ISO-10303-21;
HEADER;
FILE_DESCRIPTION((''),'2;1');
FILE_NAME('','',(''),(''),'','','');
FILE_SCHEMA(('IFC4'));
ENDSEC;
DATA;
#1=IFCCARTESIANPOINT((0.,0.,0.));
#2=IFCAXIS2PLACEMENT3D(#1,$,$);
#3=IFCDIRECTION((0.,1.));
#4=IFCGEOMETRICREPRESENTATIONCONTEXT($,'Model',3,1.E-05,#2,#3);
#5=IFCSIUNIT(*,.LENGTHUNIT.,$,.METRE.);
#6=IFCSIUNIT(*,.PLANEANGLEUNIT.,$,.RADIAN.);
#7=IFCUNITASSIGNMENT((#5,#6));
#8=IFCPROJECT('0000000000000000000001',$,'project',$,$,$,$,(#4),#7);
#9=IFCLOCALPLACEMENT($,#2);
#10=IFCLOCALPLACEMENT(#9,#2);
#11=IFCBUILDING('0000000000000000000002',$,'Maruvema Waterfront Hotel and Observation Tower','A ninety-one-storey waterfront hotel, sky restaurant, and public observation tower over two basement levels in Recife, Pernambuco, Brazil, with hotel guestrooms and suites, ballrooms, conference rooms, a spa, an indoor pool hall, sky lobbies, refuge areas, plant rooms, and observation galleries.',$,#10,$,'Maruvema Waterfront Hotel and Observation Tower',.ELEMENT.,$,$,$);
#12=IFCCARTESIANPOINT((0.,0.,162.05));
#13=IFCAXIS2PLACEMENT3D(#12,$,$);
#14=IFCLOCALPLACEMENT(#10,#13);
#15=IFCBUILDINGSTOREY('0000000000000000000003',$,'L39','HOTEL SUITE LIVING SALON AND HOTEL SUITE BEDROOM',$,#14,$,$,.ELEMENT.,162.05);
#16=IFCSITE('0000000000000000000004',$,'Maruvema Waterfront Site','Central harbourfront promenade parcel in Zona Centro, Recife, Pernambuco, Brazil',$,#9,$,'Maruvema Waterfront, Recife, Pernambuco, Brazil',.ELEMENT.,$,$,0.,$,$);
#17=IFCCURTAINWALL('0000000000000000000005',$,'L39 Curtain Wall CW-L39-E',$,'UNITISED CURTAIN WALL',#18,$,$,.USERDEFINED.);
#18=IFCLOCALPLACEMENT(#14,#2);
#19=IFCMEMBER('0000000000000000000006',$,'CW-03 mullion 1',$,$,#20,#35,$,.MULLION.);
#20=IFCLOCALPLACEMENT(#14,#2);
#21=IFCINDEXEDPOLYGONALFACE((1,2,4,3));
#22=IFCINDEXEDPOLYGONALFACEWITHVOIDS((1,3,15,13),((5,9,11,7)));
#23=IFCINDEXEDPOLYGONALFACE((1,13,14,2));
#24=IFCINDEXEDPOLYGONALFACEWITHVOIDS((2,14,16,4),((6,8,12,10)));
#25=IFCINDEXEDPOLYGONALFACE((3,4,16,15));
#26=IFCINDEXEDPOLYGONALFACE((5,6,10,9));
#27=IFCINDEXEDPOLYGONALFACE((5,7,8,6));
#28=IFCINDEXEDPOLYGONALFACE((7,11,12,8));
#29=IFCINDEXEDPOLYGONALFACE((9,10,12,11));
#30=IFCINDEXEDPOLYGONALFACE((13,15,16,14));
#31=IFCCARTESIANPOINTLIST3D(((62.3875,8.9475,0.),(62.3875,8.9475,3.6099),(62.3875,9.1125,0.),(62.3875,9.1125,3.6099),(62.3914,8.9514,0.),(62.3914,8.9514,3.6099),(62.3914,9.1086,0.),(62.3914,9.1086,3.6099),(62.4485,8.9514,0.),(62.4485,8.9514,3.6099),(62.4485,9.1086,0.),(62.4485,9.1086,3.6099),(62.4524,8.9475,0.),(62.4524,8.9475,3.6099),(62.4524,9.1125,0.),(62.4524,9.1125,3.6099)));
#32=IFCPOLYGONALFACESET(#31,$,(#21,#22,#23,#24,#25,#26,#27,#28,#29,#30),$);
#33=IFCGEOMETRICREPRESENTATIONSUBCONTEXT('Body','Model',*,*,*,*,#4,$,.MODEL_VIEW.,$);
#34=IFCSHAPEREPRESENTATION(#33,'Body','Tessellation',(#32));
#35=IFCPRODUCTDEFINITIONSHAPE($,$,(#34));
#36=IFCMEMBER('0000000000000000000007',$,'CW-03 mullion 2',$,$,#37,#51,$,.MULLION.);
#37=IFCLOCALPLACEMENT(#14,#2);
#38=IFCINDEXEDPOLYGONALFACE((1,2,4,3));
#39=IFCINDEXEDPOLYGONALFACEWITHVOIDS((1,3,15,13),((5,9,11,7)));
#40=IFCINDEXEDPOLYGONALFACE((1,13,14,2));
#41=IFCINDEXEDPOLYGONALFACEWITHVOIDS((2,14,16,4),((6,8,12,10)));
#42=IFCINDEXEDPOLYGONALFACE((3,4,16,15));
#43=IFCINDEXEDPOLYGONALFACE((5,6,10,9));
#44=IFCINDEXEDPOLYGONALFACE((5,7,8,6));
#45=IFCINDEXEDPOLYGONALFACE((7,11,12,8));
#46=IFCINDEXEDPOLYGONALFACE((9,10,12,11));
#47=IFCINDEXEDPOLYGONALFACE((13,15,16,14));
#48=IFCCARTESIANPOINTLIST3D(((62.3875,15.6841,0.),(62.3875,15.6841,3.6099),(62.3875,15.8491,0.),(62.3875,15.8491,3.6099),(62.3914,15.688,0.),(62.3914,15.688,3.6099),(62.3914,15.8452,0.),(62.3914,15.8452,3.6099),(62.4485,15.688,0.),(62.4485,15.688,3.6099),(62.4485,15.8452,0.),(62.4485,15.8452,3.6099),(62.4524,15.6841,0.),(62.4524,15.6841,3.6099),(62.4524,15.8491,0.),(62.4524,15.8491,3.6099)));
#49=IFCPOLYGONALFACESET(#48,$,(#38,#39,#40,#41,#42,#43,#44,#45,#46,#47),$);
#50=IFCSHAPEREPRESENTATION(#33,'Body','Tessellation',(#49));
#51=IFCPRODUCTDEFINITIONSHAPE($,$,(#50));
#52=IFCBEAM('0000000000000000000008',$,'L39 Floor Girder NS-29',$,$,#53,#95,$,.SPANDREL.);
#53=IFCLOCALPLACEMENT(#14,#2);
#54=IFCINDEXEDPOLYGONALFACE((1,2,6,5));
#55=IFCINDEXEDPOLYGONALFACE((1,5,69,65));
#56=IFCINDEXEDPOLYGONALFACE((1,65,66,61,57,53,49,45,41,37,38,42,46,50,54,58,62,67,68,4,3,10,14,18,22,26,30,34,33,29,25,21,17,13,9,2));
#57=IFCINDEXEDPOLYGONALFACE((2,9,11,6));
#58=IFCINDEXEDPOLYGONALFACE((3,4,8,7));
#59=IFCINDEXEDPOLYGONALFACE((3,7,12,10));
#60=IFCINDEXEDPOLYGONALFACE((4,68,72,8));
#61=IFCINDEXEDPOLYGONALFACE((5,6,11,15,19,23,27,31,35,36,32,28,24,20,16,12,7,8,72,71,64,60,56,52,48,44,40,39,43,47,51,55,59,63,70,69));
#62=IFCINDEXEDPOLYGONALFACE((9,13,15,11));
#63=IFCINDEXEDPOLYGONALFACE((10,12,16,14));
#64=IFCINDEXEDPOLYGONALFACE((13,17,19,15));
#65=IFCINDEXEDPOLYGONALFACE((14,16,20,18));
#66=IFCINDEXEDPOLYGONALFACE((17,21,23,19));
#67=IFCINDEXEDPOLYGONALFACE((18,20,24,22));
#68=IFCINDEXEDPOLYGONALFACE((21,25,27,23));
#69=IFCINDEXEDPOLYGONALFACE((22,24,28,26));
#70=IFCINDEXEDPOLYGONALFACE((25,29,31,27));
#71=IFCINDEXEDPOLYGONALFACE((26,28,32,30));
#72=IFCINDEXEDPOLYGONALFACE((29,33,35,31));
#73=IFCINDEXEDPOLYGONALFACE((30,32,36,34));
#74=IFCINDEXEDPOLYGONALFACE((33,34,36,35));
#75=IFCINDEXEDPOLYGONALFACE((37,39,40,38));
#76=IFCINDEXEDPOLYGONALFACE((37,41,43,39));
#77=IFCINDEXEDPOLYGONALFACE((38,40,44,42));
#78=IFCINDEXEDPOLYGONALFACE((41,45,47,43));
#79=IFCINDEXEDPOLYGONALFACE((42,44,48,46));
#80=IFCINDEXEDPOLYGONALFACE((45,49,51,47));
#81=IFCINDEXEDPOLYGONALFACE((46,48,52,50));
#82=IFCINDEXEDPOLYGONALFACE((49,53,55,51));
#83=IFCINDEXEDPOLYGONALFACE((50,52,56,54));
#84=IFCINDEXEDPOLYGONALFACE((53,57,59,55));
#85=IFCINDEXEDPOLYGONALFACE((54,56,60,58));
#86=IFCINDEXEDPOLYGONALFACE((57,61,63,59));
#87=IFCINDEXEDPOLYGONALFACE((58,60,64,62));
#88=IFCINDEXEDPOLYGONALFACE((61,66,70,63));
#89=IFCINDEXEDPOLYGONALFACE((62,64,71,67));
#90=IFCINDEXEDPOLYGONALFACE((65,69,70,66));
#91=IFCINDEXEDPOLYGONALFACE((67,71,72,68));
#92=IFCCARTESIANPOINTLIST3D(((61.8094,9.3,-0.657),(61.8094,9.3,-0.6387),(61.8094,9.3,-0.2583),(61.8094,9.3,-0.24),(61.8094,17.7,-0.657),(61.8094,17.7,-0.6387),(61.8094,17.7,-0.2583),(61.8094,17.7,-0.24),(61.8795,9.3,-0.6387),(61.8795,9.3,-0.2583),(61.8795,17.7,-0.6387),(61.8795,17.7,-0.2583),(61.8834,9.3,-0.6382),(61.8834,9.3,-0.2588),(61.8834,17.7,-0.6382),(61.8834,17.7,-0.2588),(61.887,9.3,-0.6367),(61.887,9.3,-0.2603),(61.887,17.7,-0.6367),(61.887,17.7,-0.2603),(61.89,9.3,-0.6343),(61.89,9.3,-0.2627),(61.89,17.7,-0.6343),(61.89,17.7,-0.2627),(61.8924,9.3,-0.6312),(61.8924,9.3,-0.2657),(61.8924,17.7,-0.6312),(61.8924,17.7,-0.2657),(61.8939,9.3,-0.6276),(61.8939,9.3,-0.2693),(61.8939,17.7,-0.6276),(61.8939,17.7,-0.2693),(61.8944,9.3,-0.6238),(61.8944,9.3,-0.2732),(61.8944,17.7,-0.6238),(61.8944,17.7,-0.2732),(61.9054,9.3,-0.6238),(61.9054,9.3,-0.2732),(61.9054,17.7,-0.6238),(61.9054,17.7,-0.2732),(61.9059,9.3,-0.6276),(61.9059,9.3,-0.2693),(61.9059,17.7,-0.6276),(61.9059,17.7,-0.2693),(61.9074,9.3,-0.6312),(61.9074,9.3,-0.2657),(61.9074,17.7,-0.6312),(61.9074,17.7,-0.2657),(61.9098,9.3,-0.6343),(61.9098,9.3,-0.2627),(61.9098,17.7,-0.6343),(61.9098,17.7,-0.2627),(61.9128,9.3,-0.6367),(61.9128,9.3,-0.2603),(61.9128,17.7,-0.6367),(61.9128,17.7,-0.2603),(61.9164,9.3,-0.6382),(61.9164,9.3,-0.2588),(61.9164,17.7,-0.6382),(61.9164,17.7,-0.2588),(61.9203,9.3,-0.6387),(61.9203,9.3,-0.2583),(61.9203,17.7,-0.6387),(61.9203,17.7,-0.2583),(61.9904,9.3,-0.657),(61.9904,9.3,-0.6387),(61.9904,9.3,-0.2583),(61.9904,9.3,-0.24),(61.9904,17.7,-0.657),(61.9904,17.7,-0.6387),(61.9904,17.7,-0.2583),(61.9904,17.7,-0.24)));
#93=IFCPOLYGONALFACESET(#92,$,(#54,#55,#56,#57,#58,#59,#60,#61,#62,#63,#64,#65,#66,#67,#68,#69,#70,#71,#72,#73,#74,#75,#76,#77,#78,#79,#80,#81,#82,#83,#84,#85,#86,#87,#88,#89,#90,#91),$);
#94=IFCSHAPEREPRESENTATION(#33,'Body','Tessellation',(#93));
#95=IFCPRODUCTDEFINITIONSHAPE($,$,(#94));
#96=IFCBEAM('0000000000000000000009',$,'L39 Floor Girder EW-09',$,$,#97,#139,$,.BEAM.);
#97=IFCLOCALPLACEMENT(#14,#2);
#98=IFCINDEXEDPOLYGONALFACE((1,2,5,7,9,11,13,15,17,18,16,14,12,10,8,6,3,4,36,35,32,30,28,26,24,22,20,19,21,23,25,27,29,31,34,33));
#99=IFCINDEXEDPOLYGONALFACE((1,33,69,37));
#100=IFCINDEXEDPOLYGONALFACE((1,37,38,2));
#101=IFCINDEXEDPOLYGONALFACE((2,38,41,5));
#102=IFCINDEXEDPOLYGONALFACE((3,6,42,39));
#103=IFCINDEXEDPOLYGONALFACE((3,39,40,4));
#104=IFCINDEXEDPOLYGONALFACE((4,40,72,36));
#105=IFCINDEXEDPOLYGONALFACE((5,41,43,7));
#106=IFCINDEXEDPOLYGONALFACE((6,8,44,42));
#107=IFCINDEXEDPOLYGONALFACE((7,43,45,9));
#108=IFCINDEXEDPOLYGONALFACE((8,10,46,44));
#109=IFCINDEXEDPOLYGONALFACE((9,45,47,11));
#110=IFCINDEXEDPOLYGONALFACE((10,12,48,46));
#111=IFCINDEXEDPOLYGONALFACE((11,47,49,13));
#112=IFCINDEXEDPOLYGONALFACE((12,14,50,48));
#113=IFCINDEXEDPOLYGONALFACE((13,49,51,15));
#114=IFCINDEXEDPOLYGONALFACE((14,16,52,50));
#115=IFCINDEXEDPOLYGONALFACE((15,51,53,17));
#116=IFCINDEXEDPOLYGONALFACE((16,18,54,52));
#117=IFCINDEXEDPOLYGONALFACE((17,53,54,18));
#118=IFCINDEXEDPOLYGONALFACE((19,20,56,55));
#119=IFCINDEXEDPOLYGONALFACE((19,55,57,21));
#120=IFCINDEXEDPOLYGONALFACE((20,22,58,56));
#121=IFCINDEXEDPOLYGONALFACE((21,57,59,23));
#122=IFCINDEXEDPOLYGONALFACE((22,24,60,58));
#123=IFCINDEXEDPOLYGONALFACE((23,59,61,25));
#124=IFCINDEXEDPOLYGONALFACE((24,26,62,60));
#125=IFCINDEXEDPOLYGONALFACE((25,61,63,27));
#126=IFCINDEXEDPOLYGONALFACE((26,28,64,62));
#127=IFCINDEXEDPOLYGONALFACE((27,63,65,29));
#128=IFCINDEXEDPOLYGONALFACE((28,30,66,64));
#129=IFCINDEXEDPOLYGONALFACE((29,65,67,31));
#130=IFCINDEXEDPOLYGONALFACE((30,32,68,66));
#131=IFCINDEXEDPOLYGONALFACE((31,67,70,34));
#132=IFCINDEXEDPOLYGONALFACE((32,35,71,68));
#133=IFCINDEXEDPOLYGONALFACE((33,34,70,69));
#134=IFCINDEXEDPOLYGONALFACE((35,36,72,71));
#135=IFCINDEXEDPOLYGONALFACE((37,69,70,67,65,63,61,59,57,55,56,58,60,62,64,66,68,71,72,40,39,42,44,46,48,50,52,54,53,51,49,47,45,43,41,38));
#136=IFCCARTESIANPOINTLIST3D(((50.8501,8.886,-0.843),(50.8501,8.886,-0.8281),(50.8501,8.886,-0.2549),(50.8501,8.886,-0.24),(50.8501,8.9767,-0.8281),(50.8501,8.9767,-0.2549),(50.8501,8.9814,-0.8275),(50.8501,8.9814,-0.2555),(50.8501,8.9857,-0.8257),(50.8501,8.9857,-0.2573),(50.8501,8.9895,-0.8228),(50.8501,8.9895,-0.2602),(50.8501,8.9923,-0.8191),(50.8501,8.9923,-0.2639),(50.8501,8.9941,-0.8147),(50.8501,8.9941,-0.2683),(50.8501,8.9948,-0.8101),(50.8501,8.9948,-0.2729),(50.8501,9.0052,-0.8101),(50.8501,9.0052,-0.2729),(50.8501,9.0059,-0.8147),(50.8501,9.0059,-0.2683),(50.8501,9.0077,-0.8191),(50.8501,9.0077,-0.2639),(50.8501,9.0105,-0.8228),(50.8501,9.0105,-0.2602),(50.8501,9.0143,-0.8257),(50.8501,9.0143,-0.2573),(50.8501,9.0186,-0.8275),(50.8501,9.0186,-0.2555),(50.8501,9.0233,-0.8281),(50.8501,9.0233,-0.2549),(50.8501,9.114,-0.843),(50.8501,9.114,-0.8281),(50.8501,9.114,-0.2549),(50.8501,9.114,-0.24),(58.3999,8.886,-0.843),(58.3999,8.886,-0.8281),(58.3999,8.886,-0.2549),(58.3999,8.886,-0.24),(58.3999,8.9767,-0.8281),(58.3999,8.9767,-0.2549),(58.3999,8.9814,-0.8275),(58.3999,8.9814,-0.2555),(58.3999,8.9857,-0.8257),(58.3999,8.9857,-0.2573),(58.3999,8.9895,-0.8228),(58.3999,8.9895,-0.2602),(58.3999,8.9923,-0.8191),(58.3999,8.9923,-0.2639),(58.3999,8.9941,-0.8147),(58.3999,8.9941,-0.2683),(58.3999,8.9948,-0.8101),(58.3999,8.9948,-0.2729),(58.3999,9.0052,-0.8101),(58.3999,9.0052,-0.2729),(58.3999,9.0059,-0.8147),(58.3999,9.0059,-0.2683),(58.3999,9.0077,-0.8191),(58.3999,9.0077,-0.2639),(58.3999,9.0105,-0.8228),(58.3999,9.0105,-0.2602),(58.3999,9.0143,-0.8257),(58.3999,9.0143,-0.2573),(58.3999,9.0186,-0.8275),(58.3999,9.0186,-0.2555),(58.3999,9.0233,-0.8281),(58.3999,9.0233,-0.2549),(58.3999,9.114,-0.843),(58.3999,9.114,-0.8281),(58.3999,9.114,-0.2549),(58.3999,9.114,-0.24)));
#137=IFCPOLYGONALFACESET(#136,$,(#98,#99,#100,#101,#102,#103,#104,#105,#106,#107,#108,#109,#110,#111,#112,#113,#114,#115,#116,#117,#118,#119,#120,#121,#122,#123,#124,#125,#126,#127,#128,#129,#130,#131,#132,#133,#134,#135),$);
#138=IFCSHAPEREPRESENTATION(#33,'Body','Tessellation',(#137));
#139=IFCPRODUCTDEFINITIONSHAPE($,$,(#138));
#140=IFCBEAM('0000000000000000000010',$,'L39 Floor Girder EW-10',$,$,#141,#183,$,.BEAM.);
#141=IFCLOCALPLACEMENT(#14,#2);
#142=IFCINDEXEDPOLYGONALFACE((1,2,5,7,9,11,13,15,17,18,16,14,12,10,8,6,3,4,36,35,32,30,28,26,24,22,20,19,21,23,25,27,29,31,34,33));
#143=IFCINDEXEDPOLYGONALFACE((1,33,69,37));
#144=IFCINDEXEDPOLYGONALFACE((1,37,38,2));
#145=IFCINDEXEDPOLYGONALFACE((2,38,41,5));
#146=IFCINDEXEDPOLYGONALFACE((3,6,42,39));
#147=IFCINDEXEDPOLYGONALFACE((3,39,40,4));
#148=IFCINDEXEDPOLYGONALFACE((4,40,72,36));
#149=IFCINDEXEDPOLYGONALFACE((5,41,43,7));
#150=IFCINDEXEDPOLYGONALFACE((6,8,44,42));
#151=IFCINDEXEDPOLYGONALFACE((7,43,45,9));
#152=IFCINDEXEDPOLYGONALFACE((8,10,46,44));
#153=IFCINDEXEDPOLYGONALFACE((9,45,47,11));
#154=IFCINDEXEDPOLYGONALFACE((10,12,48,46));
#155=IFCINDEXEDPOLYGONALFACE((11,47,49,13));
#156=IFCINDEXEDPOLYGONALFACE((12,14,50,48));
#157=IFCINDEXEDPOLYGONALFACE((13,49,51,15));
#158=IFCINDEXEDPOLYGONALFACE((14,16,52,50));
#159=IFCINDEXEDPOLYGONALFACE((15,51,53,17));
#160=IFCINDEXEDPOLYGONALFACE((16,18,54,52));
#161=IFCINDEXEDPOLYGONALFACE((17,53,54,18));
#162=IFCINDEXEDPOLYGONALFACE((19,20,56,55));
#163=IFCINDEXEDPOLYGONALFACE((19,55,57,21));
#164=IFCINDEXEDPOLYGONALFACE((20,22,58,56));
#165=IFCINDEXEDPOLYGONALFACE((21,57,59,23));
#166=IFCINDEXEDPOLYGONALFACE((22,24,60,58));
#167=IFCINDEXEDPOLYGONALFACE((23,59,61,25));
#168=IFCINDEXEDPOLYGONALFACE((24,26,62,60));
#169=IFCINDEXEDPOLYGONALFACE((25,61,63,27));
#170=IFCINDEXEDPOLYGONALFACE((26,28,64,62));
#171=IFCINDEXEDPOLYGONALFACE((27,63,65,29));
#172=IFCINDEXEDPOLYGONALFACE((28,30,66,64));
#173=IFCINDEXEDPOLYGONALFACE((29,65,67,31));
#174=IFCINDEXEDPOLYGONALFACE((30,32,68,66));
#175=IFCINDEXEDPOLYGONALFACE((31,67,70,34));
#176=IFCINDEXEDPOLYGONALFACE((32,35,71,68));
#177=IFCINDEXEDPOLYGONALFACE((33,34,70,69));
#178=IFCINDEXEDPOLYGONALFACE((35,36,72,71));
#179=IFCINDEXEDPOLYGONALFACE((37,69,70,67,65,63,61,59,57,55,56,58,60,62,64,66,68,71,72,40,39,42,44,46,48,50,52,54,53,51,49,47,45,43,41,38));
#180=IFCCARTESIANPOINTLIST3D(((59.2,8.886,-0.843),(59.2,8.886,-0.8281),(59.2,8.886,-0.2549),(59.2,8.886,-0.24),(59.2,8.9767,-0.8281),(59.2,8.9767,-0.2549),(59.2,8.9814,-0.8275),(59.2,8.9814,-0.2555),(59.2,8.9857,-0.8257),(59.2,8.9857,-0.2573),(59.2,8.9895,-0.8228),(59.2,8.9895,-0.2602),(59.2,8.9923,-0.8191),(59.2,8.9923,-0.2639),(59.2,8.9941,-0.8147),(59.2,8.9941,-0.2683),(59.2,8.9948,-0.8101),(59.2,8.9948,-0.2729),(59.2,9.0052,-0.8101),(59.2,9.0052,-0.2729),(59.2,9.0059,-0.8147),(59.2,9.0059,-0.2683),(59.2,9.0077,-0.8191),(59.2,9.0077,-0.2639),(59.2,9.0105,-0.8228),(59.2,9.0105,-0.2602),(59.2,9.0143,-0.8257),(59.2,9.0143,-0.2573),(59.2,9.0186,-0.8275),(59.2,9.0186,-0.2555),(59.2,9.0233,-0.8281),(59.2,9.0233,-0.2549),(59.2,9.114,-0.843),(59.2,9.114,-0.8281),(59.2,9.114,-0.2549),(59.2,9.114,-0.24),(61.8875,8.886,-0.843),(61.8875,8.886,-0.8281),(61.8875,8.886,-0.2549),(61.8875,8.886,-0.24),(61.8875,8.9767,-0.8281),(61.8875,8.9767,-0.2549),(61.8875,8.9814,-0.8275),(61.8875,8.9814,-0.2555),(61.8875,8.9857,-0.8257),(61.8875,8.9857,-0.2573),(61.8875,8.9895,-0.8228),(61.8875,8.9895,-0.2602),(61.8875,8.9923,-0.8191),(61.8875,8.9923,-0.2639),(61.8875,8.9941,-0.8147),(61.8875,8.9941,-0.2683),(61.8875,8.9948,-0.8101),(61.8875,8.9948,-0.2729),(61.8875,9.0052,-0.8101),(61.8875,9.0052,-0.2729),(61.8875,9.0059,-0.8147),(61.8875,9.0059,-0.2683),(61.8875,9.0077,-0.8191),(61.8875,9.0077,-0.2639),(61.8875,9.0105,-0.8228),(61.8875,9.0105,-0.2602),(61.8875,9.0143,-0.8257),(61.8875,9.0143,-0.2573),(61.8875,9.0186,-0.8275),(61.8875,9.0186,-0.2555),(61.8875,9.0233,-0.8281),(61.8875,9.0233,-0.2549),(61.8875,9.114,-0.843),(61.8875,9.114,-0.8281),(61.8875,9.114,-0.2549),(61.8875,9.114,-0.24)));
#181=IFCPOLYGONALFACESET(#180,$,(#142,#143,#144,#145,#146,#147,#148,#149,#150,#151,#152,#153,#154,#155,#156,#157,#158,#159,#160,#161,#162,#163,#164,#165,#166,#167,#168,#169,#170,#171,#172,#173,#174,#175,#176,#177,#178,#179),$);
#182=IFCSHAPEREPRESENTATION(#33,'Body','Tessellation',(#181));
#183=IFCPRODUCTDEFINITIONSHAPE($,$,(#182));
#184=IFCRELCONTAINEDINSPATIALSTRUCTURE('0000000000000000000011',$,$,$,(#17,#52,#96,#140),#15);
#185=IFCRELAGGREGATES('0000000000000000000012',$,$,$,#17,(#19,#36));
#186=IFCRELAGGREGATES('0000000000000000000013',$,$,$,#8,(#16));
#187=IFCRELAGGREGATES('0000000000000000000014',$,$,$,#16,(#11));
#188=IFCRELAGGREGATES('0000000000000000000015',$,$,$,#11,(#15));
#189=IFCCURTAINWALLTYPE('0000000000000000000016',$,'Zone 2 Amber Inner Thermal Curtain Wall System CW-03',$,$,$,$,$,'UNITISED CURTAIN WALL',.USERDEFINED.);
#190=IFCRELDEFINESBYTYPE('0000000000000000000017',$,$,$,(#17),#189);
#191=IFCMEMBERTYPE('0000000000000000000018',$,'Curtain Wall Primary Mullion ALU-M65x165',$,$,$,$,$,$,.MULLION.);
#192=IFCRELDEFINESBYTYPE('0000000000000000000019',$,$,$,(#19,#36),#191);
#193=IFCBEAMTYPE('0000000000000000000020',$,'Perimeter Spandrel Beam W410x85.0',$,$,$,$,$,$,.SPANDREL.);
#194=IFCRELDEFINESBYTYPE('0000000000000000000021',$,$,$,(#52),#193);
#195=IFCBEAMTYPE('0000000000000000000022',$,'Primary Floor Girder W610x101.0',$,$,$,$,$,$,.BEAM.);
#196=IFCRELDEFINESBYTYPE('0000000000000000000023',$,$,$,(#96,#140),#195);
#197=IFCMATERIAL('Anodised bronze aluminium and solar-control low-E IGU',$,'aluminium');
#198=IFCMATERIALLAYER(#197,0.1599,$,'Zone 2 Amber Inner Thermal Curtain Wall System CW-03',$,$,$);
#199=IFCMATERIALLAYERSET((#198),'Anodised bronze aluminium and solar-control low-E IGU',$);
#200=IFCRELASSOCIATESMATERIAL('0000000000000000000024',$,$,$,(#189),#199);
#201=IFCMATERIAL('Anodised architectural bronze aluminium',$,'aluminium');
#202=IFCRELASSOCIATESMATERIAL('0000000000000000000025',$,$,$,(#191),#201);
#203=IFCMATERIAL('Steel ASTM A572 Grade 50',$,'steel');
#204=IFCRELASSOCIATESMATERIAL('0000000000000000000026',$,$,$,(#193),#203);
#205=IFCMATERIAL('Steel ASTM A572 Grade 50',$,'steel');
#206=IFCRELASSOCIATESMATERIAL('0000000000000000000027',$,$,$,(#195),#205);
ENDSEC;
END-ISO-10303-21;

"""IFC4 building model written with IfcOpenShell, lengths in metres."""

from ifc_helpers import new_model, si_unit, direction, frame, origin, origin_2d, place, context, subcontext, project, spatial, hollow_rectangle, i_section, extrude, material, layer, layer_set, material_profile, profile_set, type_object, element, aggregate, save


model = new_model("IFC4")

# Units and contexts
model_context = context("Model", 3, precision=1e-05, world=origin(), true_north=direction((0.0, 1.0)))
body_context = subcontext(model_context, "Body", "Model", "MODEL_VIEW")
ifc_project = project(units=[si_unit("LENGTHUNIT", "METRE"), si_unit("PLANEANGLEUNIT", "RADIAN")], contexts=[model_context])

# Site, building, storey
site_placement = place(None, origin())
site = spatial("IfcSite", under=ifc_project, at=site_placement, Name="Maruvema Waterfront Site", Description="Central harbourfront promenade parcel in Zona Centro, Recife, Pernambuco, Brazil", LongName="Maruvema Waterfront, Recife, Pernambuco, Brazil", CompositionType="ELEMENT", RefElevation=0.0)
building_placement = place(site_placement, origin())
building = spatial("IfcBuilding", under=site, at=building_placement, Name="Maruvema Waterfront Hotel and Observation Tower", Description="A ninety-one-storey waterfront hotel, sky restaurant, and public observation tower over two basement levels in Recife, Pernambuco, Brazil, with hotel guestrooms and suites, ballrooms, conference rooms, a spa, an indoor pool hall, sky lobbies, refuge areas, plant rooms, and observation galleries.", LongName="Maruvema Waterfront Hotel and Observation Tower", CompositionType="ELEMENT")
storey_placement = place(building_placement, frame((0.0, 0.0, 162.05)))
storey = spatial("IfcBuildingStorey", under=building, at=storey_placement, Name="L39", Description="HOTEL SUITE LIVING SALON AND HOTEL SUITE BEDROOM", CompositionType="ELEMENT", Elevation=162.05)

# Curtain wall
ifc_material_1 = material(Name="Anodised bronze aluminium and solar-control low-E IGU", Category="aluminium")
ifc_layer_1 = layer(ifc_material_1, 0.1599, Name="Zone 2 Amber Inner Thermal Curtain Wall System CW-03")
ifc_layer_set_1 = layer_set([ifc_layer_1], Name="Anodised bronze aluminium and solar-control low-E IGU")
curtain_wall_type = type_object("IfcCurtainWallType", Name="Zone 2 Amber Inner Thermal Curtain Wall System CW-03", ElementType="UNITISED CURTAIN WALL", PredefinedType="USERDEFINED", material=ifc_layer_set_1)
curtain_wall_1_placement = place(storey_placement, origin())
curtain_wall_1 = element("IfcCurtainWall", 1, at=curtain_wall_1_placement, inside=storey, type_object=curtain_wall_type, Name="L39 Curtain Wall CW-L39-E", ObjectType="UNITISED CURTAIN WALL", PredefinedType="USERDEFINED")

# Members
ifc_material_2 = material(Name="Anodised architectural bronze aluminium", Category="aluminium")
ifc_material_profile_1 = material_profile(ifc_material_2, hollow_rectangle(XDim=0.0649, YDim=0.165, WallThickness=0.0039, at=origin_2d()), Name="ALU-M65x165")
ifc_profile_set_1 = profile_set([ifc_material_profile_1], Name="Anodised architectural bronze aluminium")
member_type_1 = type_object("IfcMemberType", Name="Curtain Wall Primary Mullion ALU-M65x165", PredefinedType="MULLION", material=ifc_profile_set_1)
member_1_placement = place(storey_placement, frame((62.4199, 9.03, 0.0), z_axis=(0.0, 0.0, 1.0), x_axis=(-1.0, 0.0, 0.0)))
member_1 = element("IfcMember", 2, at=member_1_placement, type_object=member_type_1, Name="CW-03 mullion 1", PredefinedType="MULLION", context=body_context, shape_type="SweptSolid", body=[
    extrude(hollow_rectangle(XDim=0.0649, YDim=0.165, WallThickness=0.0039, at=origin_2d()), origin(), (0.0, 0.0, 1.0), 3.6099),
])
member_2_placement = place(storey_placement, frame((62.4199, 15.7666, 0.0), z_axis=(0.0, 0.0, 1.0), x_axis=(-1.0, 0.0, 0.0)))
member_2 = element("IfcMember", 3, at=member_2_placement, type_object=member_type_1, Name="CW-03 mullion 2", PredefinedType="MULLION", context=body_context, shape_type="SweptSolid", body=[
    extrude(hollow_rectangle(XDim=0.0649, YDim=0.165, WallThickness=0.0039, at=origin_2d()), origin(), (0.0, 0.0, 1.0), 3.6099),
])

# Beams
ifc_material_3 = material(Name="Steel ASTM A572 Grade 50", Category="steel")
ifc_material_profile_2 = material_profile(ifc_material_3, i_section(OverallWidth=0.1809, OverallDepth=0.417, WebThickness=0.011, FlangeThickness=0.0183, FilletRadius=0.0149, at=origin_2d()), Name="W410x85.0")
ifc_profile_set_2 = profile_set([ifc_material_profile_2], Name="Steel ASTM A572 Grade 50")
beam_type_1 = type_object("IfcBeamType", Name="Perimeter Spandrel Beam W410x85.0", PredefinedType="SPANDREL", material=ifc_profile_set_2)
beam_1_placement = place(storey_placement, frame((61.8999, 9.3, -0.4485), z_axis=(0.0, 1.0, 0.0), x_axis=(-1.0, 0.0, 0.0)))
element("IfcBeam", 4, at=beam_1_placement, inside=storey, type_object=beam_type_1, Name="L39 Floor Girder NS-29", PredefinedType="SPANDREL", context=body_context, shape_type="SweptSolid", body=[
    extrude(i_section(OverallWidth=0.1809, OverallDepth=0.417, WebThickness=0.011, FlangeThickness=0.0183, FilletRadius=0.0149, at=origin_2d()), origin(), (0.0, 0.0, 1.0), 8.3999),
])
ifc_material_4 = material(Name="Steel ASTM A572 Grade 50", Category="steel")
ifc_material_profile_3 = material_profile(ifc_material_4, i_section(OverallWidth=0.228, OverallDepth=0.603, WebThickness=0.0105, FlangeThickness=0.0149, FilletRadius=0.0181, at=origin_2d()), Name="W610x101.0")
ifc_profile_set_3 = profile_set([ifc_material_profile_3], Name="Steel ASTM A572 Grade 50")
beam_type_2 = type_object("IfcBeamType", Name="Primary Floor Girder W610x101.0", PredefinedType="BEAM", material=ifc_profile_set_3)
beam_2_placement = place(storey_placement, frame((50.8501, 9.0, -0.5415), z_axis=(1.0, 0.0, 0.0), x_axis=(0.0, 1.0, 0.0)))
element("IfcBeam", 5, at=beam_2_placement, inside=storey, type_object=beam_type_2, Name="L39 Floor Girder EW-09", PredefinedType="BEAM", context=body_context, shape_type="SweptSolid", body=[
    extrude(i_section(OverallWidth=0.228, OverallDepth=0.603, WebThickness=0.0105, FlangeThickness=0.0149, FilletRadius=0.0181, at=origin_2d()), origin(), (0.0, 0.0, 1.0), 7.5498),
])
beam_3_placement = place(storey_placement, frame((59.2, 9.0, -0.5415), z_axis=(1.0, 0.0, 0.0), x_axis=(0.0, 1.0, 0.0)))
element("IfcBeam", 6, at=beam_3_placement, inside=storey, type_object=beam_type_2, Name="L39 Floor Girder EW-10", PredefinedType="BEAM", context=body_context, shape_type="SweptSolid", body=[
    extrude(i_section(OverallWidth=0.228, OverallDepth=0.603, WebThickness=0.0105, FlangeThickness=0.0149, FilletRadius=0.0181, at=origin_2d()), origin(), (0.0, 0.0, 1.0), 2.6875),
])

aggregate(curtain_wall_1, [member_1, member_2])

save(model, "model.ifc")
